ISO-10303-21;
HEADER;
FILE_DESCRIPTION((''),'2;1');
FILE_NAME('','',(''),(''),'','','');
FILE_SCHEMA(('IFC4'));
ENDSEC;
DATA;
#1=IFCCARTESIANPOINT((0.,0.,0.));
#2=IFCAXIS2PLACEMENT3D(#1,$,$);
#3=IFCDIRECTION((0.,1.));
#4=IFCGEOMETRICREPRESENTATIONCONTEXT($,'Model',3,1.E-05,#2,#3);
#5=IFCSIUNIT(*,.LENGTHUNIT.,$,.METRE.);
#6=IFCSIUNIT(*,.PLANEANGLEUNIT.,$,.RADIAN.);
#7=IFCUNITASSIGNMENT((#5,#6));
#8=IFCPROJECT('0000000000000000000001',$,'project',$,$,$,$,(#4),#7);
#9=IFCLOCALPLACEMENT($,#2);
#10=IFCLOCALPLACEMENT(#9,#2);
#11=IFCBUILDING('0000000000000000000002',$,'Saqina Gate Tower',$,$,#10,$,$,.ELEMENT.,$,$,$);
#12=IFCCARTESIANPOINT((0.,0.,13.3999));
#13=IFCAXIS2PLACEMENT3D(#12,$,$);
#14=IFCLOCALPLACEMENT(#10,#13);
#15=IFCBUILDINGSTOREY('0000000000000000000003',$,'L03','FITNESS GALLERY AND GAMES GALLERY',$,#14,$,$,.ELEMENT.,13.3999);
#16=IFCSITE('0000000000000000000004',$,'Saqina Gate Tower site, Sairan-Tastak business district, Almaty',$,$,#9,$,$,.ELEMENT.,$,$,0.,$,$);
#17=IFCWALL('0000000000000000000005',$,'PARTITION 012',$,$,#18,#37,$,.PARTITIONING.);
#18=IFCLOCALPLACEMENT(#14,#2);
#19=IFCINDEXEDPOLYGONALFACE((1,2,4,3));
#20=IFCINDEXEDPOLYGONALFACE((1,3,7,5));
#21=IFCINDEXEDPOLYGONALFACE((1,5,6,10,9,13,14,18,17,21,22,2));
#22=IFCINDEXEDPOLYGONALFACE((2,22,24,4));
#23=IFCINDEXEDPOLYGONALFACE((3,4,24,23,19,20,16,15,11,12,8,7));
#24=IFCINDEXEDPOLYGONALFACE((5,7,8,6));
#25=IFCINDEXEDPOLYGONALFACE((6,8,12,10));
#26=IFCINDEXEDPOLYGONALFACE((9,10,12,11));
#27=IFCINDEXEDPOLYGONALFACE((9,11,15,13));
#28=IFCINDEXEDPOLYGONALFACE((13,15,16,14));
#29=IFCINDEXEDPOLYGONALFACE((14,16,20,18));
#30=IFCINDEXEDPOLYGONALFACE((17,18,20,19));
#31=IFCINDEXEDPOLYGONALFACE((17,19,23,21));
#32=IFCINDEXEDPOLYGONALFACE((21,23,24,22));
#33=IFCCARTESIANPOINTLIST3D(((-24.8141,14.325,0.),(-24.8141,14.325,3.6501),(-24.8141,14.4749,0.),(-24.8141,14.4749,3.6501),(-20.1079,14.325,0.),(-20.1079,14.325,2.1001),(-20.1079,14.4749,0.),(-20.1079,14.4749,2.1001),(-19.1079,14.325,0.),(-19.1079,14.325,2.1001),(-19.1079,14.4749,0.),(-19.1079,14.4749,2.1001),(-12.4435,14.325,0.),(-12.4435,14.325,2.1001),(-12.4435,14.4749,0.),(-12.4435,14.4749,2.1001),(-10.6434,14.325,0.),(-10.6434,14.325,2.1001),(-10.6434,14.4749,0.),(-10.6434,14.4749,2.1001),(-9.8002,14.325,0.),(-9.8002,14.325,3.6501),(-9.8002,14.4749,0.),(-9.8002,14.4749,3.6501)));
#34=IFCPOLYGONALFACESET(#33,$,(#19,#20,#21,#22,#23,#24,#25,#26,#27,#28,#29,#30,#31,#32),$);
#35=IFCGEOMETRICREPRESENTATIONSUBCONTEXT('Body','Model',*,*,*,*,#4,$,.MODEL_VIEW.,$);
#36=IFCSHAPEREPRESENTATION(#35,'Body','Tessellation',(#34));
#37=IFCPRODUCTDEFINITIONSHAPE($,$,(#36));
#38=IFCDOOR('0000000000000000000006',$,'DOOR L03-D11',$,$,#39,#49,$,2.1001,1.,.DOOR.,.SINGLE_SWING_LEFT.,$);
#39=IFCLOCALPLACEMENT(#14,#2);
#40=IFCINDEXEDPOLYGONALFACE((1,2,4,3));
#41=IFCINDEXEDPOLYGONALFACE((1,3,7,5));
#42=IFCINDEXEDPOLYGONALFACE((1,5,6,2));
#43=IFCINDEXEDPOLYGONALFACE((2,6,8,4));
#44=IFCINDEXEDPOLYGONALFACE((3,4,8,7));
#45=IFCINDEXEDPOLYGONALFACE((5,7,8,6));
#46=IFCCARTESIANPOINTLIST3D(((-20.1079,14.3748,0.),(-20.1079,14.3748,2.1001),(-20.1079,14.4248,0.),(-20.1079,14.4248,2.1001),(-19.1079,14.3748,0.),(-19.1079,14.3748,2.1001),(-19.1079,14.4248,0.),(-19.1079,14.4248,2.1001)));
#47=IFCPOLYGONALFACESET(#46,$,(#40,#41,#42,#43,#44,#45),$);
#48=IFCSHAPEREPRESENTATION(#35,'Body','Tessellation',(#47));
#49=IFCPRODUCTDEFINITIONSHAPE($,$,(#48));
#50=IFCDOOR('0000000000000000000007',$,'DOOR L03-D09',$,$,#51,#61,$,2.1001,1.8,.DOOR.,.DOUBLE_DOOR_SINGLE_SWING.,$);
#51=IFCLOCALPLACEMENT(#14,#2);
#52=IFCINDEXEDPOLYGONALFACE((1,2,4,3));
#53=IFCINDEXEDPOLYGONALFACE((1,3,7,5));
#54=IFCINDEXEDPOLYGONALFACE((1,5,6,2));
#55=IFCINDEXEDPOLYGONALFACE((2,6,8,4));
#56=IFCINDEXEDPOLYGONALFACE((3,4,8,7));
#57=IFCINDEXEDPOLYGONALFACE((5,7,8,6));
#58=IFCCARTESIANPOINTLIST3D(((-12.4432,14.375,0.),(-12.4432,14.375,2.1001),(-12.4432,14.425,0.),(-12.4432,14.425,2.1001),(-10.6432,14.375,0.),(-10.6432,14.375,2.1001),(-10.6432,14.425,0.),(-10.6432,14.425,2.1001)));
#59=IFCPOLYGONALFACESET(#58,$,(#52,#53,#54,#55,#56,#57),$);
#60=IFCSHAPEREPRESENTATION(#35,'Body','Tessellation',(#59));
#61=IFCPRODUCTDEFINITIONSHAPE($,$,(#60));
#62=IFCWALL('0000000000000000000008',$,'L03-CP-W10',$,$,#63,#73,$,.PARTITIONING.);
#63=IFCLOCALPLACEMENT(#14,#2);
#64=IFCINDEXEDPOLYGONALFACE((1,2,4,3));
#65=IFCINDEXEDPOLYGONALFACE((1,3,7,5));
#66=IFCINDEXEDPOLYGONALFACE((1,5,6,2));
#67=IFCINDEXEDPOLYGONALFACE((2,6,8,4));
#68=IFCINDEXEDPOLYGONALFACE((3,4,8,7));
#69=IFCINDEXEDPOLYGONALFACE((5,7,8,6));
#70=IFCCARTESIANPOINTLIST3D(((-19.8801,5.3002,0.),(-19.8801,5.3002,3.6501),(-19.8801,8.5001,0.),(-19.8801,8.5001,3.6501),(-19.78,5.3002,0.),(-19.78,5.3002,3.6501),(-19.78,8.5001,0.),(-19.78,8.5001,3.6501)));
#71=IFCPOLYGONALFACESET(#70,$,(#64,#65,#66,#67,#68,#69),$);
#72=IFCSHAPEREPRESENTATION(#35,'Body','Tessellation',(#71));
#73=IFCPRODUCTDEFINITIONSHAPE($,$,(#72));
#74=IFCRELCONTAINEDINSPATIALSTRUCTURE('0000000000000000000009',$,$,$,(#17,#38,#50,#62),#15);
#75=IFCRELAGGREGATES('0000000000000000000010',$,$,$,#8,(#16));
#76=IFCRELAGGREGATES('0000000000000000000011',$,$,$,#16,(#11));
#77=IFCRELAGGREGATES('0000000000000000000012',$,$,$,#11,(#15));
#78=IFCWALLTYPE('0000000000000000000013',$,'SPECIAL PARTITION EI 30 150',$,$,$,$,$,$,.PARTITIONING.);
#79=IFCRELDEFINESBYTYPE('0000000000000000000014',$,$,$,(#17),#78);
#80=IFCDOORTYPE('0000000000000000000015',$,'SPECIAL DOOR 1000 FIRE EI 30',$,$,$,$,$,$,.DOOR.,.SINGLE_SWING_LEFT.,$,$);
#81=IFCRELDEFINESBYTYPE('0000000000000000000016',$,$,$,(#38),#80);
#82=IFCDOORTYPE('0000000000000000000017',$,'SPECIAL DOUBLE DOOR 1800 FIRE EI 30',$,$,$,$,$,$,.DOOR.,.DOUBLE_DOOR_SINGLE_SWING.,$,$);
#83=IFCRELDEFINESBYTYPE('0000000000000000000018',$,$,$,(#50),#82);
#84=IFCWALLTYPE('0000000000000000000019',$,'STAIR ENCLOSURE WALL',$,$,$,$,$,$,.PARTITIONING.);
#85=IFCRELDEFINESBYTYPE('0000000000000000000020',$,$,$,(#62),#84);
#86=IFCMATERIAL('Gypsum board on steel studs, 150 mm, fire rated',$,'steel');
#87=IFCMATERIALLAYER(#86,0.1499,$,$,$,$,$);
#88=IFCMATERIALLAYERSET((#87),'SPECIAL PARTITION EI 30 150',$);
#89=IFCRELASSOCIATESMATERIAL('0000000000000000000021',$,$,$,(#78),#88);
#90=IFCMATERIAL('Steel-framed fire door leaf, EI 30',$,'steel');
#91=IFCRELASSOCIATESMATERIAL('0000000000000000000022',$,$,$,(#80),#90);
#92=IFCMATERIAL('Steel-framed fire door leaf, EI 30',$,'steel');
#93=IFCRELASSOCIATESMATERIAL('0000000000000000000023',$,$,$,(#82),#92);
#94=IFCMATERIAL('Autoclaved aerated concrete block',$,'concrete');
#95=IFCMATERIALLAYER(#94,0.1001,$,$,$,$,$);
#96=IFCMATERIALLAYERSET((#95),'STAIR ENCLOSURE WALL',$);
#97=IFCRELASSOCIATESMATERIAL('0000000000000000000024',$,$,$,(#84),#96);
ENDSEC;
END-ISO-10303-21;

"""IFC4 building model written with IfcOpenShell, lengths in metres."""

from ifc_helpers import new_model, si_unit, direction, frame, frame_2d, origin, place, context, subcontext, project, spatial, rectangle, extrude, material, layer, layer_set, type_object, element, fill, save


model = new_model("IFC4")

# Units and contexts
model_context = context("Model", 3, precision=1e-05, world=origin(), true_north=direction((0.0, 1.0)))
body_context = subcontext(model_context, "Body", "Model", "MODEL_VIEW")
ifc_project = project(units=[si_unit("LENGTHUNIT", "METRE"), si_unit("PLANEANGLEUNIT", "RADIAN")], contexts=[model_context])

# Site, building, storey
site_placement = place(None, origin())
site = spatial("IfcSite", under=ifc_project, at=site_placement, Name="Saqina Gate Tower site, Sairan-Tastak business district, Almaty", CompositionType="ELEMENT", RefElevation=0.0)
building_placement = place(site_placement, origin())
building = spatial("IfcBuilding", under=site, at=building_placement, Name="Saqina Gate Tower", CompositionType="ELEMENT")
storey_placement = place(building_placement, frame((0.0, 0.0, 13.3999)))
storey = spatial("IfcBuildingStorey", under=building, at=storey_placement, Name="L03", Description="FITNESS GALLERY AND GAMES GALLERY", CompositionType="ELEMENT", Elevation=13.3999)

# Wall, openings, doors
ifc_material_1 = material(Name="Gypsum board on steel studs, 150 mm, fire rated", Category="steel")
ifc_layer_1 = layer(ifc_material_1, 0.1499)
ifc_layer_set_1 = layer_set([ifc_layer_1], Name="SPECIAL PARTITION EI 30 150")
wall_type_1 = type_object("IfcWallType", Name="SPECIAL PARTITION EI 30 150", PredefinedType="PARTITIONING", material=ifc_layer_set_1)
wall_1_placement = place(storey_placement, frame((-24.814, 14.3999, 0.0), z_axis=(0.0, 0.0, 1.0), x_axis=(1.0, 0.0, 0.0)))
wall_1 = element("IfcWall", 1, at=wall_1_placement, inside=storey, type_object=wall_type_1, Name="PARTITION 012", PredefinedType="PARTITIONING", context=body_context, shape_type="SweptSolid", body=[
    extrude(rectangle(XDim=15.0139, YDim=0.1499, at=frame_2d((7.5068, 0.0))), origin(), (0.0, 0.0, 1.0), 3.6501),
])
opening_1_placement = place(wall_1_placement, frame((12.3706, 0.0, 0.0)))
opening_1 = element("IfcOpeningElement", 2, at=opening_1_placement, cuts=wall_1, PredefinedType="OPENING", context=body_context, shape_type="SweptSolid", body=[
    extrude(rectangle(XDim=1.8, YDim=2.1001, at=frame_2d((0.8999, 1.05))), frame((0.0, 0.0869, 0.0), z_axis=(0.0, -1.0, 0.0), x_axis=(1.0, 0.0, 0.0)), (0.0, 0.0, 1.0), 0.1738),
])
opening_2_placement = place(wall_1_placement, frame((4.7061, 0.0, 0.0)))
opening_2 = element("IfcOpeningElement", 3, at=opening_2_placement, cuts=wall_1, PredefinedType="OPENING", context=body_context, shape_type="SweptSolid", body=[
    extrude(rectangle(XDim=1.0, YDim=2.1001, at=frame_2d((0.5, 1.05))), frame((0.0, 0.0869, 0.0), z_axis=(0.0, -1.0, 0.0), x_axis=(1.0, 0.0, 0.0)), (0.0, 0.0, 1.0), 0.1738),
])
ifc_material_2 = material(Name="Steel-framed fire door leaf, EI 30", Category="steel")
door_type_1 = type_object("IfcDoorType", Name="SPECIAL DOOR 1000 FIRE EI 30", OperationType="SINGLE_SWING_LEFT", PredefinedType="DOOR", material=ifc_material_2)
door_1_placement = place(opening_2_placement, origin())
door_1 = element("IfcDoor", 4, at=door_1_placement, inside=storey, type_object=door_type_1, Name="DOOR L03-D11", OperationType="SINGLE_SWING_LEFT", OverallHeight=2.1001, OverallWidth=1.0, PredefinedType="DOOR", context=body_context, shape_type="SweptSolid", body=[
    extrude(rectangle(XDim=1.0, YDim=2.1001, at=frame_2d((0.5, 1.05))), frame((0.0, 0.0249, 0.0), z_axis=(0.0, -1.0, 0.0), x_axis=(1.0, 0.0, 0.0)), (0.0, 0.0, 1.0), 0.05),
])
fill(opening_2, door_1)
ifc_material_3 = material(Name="Steel-framed fire door leaf, EI 30", Category="steel")
door_type_2 = type_object("IfcDoorType", Name="SPECIAL DOUBLE DOOR 1800 FIRE EI 30", OperationType="DOUBLE_DOOR_SINGLE_SWING", PredefinedType="DOOR", material=ifc_material_3)
door_2_placement = place(opening_1_placement, frame((1.8, 0.0, 0.0), z_axis=(0.0, 0.0, 1.0), x_axis=(-1.0, 0.0, 0.0)))
door_2 = element("IfcDoor", 5, at=door_2_placement, inside=storey, type_object=door_type_2, Name="DOOR L03-D09", OperationType="DOUBLE_DOOR_SINGLE_SWING", OverallHeight=2.1001, OverallWidth=1.8, PredefinedType="DOOR", context=body_context, shape_type="SweptSolid", body=[
    extrude(rectangle(XDim=1.8, YDim=2.1001, at=frame_2d((0.8999, 1.05))), frame((0.0, 0.0249, 0.0), z_axis=(0.0, -1.0, 0.0), x_axis=(1.0, 0.0, 0.0)), (0.0, 0.0, 1.0), 0.05),
])
fill(opening_1, door_2)

# Wall
ifc_material_4 = material(Name="Autoclaved aerated concrete block", Category="concrete")
ifc_layer_2 = layer(ifc_material_4, 0.1001)
ifc_layer_set_2 = layer_set([ifc_layer_2], Name="STAIR ENCLOSURE WALL")
wall_type_2 = type_object("IfcWallType", Name="STAIR ENCLOSURE WALL", PredefinedType="PARTITIONING", material=ifc_layer_set_2)
wall_2_placement = place(storey_placement, frame((-19.8301, 5.3, 0.0), z_axis=(0.0, 0.0, 1.0), x_axis=(0.0, 1.0, 0.0)))
element("IfcWall", 6, at=wall_2_placement, inside=storey, type_object=wall_type_2, Name="L03-CP-W10", PredefinedType="PARTITIONING", context=body_context, shape_type="SweptSolid", body=[
    extrude(rectangle(XDim=3.2, YDim=0.1001, at=frame_2d((1.6001, 0.0))), origin(), (0.0, 0.0, 1.0), 3.6501),
])

save(model, "model.ifc")
